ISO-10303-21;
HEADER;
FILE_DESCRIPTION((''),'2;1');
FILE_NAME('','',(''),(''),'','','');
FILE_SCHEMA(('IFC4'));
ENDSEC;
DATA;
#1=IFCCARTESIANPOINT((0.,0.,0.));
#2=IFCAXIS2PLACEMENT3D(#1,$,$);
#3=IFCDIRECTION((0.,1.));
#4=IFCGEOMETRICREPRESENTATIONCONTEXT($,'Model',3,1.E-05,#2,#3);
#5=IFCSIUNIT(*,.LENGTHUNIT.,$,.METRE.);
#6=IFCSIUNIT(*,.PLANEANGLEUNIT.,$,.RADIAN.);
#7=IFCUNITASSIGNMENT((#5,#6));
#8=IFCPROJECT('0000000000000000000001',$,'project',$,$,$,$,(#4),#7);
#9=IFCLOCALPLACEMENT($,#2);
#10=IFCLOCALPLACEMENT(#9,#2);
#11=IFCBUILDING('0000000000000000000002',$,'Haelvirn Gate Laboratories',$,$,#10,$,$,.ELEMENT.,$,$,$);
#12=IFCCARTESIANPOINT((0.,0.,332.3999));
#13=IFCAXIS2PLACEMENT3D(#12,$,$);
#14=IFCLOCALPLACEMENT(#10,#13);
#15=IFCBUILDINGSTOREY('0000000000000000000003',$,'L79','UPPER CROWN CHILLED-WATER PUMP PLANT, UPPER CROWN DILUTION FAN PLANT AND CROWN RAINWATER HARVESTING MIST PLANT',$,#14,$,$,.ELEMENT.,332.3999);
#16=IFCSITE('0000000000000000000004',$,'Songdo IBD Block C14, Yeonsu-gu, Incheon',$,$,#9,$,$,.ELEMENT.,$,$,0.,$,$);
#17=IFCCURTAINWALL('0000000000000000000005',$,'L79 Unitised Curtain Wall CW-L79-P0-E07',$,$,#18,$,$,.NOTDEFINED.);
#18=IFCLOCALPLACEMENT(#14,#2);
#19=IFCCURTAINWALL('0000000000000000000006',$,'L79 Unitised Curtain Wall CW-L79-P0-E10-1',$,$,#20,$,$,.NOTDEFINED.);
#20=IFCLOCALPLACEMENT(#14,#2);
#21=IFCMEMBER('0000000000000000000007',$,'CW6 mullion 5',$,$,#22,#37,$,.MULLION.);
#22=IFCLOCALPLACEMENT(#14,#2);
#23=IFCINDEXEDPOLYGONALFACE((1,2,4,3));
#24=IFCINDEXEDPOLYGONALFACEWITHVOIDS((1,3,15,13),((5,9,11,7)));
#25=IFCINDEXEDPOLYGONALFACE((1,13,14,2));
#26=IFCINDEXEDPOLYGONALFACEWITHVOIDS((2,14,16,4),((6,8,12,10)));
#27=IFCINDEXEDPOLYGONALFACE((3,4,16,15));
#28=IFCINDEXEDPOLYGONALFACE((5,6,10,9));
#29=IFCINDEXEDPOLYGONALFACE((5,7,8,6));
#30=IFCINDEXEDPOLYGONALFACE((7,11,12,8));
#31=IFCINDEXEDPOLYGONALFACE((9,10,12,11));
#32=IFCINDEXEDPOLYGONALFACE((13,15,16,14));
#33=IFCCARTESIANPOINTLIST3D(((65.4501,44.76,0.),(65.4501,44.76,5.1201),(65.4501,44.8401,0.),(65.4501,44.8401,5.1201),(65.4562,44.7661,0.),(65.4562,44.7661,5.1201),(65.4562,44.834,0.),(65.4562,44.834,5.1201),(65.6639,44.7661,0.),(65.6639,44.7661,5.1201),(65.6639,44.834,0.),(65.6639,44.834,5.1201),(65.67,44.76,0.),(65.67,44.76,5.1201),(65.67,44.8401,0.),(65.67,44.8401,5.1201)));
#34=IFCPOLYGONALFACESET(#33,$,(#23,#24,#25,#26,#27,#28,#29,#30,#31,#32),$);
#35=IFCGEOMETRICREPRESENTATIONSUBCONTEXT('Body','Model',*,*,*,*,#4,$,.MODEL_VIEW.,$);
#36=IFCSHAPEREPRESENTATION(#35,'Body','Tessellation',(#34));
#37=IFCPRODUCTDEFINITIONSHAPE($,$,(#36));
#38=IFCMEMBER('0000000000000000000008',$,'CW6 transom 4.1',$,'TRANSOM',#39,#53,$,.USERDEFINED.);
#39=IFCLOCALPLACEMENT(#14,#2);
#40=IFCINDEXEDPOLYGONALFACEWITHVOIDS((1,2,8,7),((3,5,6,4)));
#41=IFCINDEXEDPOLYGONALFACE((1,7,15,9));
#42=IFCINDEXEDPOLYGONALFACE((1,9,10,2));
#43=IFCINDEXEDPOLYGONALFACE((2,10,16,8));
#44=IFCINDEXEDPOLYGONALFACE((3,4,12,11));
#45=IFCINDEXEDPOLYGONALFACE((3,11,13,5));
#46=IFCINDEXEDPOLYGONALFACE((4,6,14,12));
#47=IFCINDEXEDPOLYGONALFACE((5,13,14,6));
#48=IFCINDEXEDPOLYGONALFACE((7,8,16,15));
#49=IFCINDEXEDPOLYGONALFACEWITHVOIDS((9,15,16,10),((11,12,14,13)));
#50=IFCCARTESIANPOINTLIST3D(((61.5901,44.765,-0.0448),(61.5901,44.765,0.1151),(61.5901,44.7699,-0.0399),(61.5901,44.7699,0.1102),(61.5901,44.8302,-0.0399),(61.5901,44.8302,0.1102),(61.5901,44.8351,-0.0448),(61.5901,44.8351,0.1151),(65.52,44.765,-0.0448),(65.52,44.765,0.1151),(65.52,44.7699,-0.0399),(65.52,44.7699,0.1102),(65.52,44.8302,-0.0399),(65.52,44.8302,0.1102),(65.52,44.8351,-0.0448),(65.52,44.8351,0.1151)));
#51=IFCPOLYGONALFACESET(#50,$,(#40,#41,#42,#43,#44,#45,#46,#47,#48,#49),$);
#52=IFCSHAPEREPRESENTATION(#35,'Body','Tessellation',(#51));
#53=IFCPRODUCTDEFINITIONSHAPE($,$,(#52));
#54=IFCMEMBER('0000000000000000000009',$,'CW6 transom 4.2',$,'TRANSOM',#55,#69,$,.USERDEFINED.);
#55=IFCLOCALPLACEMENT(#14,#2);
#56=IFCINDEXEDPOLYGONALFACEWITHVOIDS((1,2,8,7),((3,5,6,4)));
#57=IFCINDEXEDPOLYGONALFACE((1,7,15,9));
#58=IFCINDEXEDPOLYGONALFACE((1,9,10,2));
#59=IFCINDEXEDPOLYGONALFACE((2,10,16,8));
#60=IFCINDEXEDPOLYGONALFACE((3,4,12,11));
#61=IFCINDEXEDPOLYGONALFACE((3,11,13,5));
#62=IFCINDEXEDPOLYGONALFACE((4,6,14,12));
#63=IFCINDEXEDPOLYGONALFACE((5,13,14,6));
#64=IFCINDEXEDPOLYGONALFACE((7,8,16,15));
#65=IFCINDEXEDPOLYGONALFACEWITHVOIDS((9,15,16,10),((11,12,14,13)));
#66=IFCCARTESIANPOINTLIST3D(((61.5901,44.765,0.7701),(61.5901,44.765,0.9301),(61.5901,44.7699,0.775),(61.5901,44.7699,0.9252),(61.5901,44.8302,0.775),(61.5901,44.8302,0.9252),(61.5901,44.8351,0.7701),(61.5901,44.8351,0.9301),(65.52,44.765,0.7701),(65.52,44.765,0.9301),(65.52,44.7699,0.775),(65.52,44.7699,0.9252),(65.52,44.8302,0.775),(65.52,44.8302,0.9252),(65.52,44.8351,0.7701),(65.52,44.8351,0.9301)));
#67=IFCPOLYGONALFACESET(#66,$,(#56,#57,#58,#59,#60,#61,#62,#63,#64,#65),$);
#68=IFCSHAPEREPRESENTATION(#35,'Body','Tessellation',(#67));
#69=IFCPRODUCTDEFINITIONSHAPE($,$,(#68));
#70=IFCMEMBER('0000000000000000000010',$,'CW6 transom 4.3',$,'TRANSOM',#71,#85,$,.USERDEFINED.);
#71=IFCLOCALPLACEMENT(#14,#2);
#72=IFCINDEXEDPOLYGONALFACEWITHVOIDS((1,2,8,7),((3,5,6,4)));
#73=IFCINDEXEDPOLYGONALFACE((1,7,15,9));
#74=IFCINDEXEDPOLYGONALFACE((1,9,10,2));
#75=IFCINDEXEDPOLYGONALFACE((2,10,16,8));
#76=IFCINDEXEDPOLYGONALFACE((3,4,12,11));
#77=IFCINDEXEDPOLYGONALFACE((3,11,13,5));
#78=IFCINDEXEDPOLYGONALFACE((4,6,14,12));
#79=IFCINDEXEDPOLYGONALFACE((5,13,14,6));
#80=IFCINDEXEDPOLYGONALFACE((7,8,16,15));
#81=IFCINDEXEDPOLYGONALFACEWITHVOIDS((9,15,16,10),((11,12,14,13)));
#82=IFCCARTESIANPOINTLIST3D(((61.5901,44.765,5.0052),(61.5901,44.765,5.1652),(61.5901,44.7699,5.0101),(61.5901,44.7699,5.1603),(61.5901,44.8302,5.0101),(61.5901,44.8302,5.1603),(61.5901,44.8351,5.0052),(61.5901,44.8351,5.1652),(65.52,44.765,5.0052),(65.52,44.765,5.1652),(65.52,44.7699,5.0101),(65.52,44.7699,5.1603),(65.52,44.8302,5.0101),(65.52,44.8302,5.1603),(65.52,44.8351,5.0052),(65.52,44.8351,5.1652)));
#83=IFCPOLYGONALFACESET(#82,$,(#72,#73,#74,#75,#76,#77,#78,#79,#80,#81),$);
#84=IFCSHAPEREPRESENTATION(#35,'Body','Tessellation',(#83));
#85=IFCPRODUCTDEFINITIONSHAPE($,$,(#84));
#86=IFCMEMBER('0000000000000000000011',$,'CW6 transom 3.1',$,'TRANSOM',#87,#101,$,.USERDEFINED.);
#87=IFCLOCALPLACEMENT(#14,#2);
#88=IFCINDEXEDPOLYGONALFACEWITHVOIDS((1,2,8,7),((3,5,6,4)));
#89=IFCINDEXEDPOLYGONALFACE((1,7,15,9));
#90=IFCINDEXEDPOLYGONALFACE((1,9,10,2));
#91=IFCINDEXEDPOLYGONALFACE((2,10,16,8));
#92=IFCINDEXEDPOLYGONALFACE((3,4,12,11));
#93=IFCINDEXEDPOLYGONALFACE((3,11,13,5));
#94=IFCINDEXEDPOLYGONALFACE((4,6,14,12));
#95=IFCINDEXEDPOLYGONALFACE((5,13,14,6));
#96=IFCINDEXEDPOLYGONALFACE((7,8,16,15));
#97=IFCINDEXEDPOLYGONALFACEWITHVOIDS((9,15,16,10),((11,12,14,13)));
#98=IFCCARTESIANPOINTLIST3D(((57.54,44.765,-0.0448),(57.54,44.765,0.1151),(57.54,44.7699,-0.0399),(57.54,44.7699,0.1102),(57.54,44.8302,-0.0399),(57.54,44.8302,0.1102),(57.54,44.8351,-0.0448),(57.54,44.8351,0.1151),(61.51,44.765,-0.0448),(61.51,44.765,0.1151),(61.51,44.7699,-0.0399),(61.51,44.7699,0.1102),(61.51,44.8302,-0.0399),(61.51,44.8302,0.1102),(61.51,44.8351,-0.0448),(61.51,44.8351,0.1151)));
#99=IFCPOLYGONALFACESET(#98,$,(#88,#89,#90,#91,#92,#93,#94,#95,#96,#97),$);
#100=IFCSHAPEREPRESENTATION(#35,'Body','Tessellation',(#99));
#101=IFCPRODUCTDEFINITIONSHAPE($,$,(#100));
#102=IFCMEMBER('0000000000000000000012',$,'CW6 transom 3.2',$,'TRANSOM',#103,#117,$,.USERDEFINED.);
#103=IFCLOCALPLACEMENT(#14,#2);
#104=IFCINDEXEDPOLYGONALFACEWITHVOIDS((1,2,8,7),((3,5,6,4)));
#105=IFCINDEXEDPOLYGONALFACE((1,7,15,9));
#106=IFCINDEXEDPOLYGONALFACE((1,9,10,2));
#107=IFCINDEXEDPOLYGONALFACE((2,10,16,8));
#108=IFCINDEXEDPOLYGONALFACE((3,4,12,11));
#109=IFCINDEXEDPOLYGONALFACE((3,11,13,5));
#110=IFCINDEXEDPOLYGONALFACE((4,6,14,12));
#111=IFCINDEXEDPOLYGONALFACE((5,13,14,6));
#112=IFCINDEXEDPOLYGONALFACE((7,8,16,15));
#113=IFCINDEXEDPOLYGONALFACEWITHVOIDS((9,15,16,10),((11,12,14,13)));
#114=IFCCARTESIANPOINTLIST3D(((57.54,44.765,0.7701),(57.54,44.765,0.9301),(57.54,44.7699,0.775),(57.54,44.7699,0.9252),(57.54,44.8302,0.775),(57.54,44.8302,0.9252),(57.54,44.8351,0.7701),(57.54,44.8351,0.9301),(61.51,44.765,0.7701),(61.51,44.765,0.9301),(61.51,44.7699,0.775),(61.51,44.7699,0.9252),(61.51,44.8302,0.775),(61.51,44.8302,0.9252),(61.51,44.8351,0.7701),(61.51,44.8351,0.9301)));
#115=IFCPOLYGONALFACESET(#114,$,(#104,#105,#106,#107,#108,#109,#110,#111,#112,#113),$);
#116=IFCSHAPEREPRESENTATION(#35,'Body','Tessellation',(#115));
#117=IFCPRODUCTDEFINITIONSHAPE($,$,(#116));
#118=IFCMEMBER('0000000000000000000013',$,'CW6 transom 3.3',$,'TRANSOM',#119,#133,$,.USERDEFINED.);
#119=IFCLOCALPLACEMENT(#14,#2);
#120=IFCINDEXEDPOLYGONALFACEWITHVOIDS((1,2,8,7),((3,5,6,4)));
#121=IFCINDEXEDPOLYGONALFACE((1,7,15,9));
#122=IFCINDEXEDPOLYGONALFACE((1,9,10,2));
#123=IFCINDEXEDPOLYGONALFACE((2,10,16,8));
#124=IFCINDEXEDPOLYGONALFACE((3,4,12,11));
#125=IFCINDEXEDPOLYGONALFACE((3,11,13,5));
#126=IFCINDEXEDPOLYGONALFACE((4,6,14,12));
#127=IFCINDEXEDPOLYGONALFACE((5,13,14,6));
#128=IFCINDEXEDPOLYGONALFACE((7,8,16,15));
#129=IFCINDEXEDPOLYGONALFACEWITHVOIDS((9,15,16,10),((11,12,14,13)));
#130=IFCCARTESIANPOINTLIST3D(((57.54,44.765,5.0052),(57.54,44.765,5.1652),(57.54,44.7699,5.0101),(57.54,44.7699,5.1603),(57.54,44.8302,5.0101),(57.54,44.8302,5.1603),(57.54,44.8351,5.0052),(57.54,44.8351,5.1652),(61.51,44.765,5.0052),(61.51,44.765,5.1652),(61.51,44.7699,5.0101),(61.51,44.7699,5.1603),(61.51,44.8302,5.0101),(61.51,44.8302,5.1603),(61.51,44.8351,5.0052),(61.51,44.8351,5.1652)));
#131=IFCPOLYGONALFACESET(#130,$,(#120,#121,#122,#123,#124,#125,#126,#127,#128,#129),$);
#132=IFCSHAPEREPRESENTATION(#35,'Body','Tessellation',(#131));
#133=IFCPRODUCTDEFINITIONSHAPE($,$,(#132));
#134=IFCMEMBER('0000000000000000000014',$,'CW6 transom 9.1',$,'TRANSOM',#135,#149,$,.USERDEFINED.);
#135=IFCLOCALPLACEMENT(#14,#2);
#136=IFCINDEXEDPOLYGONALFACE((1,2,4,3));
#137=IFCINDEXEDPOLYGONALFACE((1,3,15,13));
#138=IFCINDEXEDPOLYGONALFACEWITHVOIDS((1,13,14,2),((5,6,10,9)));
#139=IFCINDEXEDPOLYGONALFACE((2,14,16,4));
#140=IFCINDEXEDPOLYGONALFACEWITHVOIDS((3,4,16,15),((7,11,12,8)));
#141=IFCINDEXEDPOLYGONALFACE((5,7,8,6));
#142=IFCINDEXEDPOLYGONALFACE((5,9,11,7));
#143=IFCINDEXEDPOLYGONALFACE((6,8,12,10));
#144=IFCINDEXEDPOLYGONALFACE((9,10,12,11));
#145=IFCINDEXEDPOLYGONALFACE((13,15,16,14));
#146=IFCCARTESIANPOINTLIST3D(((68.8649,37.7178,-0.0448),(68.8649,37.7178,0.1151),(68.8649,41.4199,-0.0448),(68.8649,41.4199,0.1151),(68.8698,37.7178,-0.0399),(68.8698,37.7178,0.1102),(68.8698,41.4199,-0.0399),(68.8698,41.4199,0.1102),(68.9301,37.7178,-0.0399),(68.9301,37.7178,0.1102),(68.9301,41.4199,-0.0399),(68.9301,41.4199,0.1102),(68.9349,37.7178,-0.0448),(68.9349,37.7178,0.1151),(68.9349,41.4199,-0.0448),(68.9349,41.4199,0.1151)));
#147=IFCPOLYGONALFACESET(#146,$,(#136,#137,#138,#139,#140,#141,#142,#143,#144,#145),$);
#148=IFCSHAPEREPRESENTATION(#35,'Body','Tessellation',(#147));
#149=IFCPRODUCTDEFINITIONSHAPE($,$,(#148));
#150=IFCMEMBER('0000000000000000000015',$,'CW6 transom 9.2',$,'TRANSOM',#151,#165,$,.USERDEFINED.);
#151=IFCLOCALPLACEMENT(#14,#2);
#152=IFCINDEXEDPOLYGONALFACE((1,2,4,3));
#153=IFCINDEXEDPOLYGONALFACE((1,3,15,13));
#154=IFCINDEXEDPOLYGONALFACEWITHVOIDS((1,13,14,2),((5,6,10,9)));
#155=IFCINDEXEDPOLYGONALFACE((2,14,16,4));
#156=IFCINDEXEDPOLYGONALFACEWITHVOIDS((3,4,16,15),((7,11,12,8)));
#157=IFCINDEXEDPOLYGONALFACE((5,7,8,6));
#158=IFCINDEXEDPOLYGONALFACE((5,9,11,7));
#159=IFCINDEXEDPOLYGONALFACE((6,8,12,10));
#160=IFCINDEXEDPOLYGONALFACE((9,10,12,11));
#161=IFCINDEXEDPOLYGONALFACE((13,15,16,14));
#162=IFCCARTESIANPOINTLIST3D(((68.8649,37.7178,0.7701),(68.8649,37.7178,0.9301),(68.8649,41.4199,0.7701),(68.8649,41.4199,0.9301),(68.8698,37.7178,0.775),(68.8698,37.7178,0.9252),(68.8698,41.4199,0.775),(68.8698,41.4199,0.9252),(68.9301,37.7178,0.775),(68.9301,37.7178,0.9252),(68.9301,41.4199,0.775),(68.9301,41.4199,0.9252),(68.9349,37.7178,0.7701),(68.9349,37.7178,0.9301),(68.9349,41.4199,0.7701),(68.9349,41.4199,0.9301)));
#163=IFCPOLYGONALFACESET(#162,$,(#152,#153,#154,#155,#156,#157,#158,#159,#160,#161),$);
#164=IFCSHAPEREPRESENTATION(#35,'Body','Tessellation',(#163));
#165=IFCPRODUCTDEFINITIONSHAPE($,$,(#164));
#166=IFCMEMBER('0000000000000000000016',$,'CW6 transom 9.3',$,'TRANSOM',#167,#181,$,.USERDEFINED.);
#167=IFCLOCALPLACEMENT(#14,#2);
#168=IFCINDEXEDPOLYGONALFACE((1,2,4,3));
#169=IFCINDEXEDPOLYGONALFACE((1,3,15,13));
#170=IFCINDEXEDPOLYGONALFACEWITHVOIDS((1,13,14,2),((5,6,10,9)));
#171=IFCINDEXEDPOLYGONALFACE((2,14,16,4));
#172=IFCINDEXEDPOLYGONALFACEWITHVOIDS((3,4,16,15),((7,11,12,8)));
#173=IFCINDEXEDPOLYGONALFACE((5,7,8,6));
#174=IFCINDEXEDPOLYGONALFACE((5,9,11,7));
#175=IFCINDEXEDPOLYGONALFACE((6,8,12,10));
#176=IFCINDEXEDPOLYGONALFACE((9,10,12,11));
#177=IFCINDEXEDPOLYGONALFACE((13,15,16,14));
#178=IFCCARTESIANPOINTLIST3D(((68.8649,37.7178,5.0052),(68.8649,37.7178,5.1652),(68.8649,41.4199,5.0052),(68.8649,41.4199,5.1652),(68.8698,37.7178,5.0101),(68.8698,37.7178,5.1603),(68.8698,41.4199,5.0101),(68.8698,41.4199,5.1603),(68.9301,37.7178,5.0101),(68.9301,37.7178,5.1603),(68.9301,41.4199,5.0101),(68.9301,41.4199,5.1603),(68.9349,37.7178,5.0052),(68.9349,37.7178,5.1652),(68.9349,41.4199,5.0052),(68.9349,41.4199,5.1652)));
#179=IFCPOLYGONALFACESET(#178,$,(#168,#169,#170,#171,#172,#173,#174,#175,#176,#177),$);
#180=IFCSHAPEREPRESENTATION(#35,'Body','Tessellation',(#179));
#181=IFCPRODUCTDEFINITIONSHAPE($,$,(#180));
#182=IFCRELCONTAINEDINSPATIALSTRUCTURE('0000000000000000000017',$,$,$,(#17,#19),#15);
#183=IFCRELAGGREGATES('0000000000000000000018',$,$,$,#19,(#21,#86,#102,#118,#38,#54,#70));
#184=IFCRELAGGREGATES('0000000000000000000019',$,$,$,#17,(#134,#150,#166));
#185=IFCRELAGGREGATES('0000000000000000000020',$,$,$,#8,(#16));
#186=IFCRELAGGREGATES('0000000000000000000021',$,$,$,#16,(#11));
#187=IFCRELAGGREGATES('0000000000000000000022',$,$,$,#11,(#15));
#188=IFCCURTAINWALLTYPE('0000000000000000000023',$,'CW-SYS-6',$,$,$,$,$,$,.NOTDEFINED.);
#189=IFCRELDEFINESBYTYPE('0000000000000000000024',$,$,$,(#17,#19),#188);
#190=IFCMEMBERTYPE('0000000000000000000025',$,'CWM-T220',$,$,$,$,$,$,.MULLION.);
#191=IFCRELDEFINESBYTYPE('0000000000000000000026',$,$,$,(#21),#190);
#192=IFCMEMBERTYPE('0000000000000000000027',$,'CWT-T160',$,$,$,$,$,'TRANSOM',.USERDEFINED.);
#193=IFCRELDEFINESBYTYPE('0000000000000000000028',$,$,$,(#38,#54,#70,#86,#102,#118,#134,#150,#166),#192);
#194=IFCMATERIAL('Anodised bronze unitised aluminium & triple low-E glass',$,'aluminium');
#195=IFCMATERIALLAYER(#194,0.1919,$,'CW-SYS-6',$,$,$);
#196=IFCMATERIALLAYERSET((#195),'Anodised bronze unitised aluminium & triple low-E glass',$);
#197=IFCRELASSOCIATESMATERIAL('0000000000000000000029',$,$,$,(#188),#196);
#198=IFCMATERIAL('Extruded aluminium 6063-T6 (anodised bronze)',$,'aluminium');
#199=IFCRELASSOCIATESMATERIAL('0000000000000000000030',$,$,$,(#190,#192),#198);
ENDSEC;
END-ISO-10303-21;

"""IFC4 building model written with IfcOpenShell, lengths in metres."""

from ifc_helpers import new_model, si_unit, direction, frame, origin, origin_2d, place, context, subcontext, project, spatial, hollow_rectangle, extrude, source, transform, mapped, material, layer, layer_set, material_profile, profile_set, type_object, type_shapes, element, aggregate, save


model = new_model("IFC4")

# Units and contexts
model_context = context("Model", 3, precision=1e-05, world=origin(), true_north=direction((0.0, 1.0)))
body_context = subcontext(model_context, "Body", "Model", "MODEL_VIEW")
ifc_project = project(units=[si_unit("LENGTHUNIT", "METRE"), si_unit("PLANEANGLEUNIT", "RADIAN")], contexts=[model_context])

# Site, building, storey
site_placement = place(None, origin())
site = spatial("IfcSite", under=ifc_project, at=site_placement, Name="Songdo IBD Block C14, Yeonsu-gu, Incheon", CompositionType="ELEMENT", RefElevation=0.0)
building_placement = place(site_placement, origin())
building = spatial("IfcBuilding", under=site, at=building_placement, Name="Haelvirn Gate Laboratories", CompositionType="ELEMENT")
storey_placement = place(building_placement, frame((0.0, 0.0, 332.3999)))
storey = spatial("IfcBuildingStorey", under=building, at=storey_placement, Name="L79", Description="UPPER CROWN CHILLED-WATER PUMP PLANT, UPPER CROWN DILUTION FAN PLANT AND CROWN RAINWATER HARVESTING MIST PLANT", CompositionType="ELEMENT", Elevation=332.3999)

# Curtain wall
ifc_material_1 = material(Name="Anodised bronze unitised aluminium & triple low-E glass", Category="aluminium")
ifc_material_2 = material(Name="Extruded aluminium 6063-T6 (anodised bronze)", Category="aluminium")
ifc_layer_1 = layer(ifc_material_1, 0.1919, Name="CW-SYS-6")
ifc_layer_set_1 = layer_set([ifc_layer_1], Name="Anodised bronze unitised aluminium & triple low-E glass")
curtain_wall_type_1 = type_object("IfcCurtainWallType", Name="CW-SYS-6", PredefinedType="NOTDEFINED", material=ifc_layer_set_1)
curtain_wall_1_placement = place(storey_placement, origin())
curtain_wall_1 = element("IfcCurtainWall", 1, at=curtain_wall_1_placement, inside=storey, type_object=curtain_wall_type_1, Name="L79 Unitised Curtain Wall CW-L79-P0-E07", PredefinedType="NOTDEFINED")
ifc_material_profile_1 = material_profile(ifc_material_2, hollow_rectangle(XDim=0.0801, YDim=0.22, WallThickness=0.0061, at=origin_2d()), Name="CWM-220x80x6")
ifc_profile_set_1 = profile_set([ifc_material_profile_1], Name="Extruded aluminium 6063-T6 (anodised bronze)")
member_type_1 = type_object("IfcMemberType", Name="CWM-T220", PredefinedType="MULLION", material=ifc_profile_set_1)
shared_shape_1 = source(origin(), body_context, "Body", "SweptSolid", [
    extrude(hollow_rectangle(XDim=0.0801, YDim=0.22, WallThickness=0.0061, at=origin_2d()), origin(), (0.0, 0.0, 1.0), 5.1201),
])
type_shapes(member_type_1, [shared_shape_1])

# Curtain wall, members
curtain_wall_2_placement = place(storey_placement, origin())
curtain_wall_2 = element("IfcCurtainWall", 2, at=curtain_wall_2_placement, inside=storey, type_object=curtain_wall_type_1, Name="L79 Unitised Curtain Wall CW-L79-P0-E10-1", PredefinedType="NOTDEFINED")
member_1_placement = place(storey_placement, frame((65.5601, 44.8, 0.0), z_axis=(0.0, 0.0, 1.0), x_axis=(0.0, 1.0, 0.0)))
member_1 = element("IfcMember", 3, at=member_1_placement, type_object=member_type_1, Name="CW6 mullion 5", PredefinedType="MULLION", context=body_context, shape_type="MappedRepresentation", body=[
    mapped(shared_shape_1, transform((0.0, 0.0, 0.0), scale=1.0)),
])
ifc_material_profile_2 = material_profile(ifc_material_2, hollow_rectangle(XDim=0.0701, YDim=0.1599, WallThickness=0.0049, at=origin_2d()), Name="CWT-160x70x5")
ifc_profile_set_2 = profile_set([ifc_material_profile_2], Name="Extruded aluminium 6063-T6 (anodised bronze)")
member_type_2 = type_object("IfcMemberType", Name="CWT-T160", ElementType="TRANSOM", PredefinedType="USERDEFINED", material=ifc_profile_set_2)
shared_shape_2 = source(origin(), body_context, "Body", "SweptSolid", [
    extrude(hollow_rectangle(XDim=0.0701, YDim=0.1599, WallThickness=0.0049, at=origin_2d()), origin(), (0.0, 0.0, 1.0), 3.9299),
])
member_2_placement = place(storey_placement, frame((61.5901, 44.8, 0.0352), z_axis=(1.0, 0.0, 0.0), x_axis=(0.0, 1.0, 0.0)))
member_2 = element("IfcMember", 4, at=member_2_placement, type_object=member_type_2, Name="CW6 transom 4.1", ObjectType="TRANSOM", PredefinedType="USERDEFINED", context=body_context, shape_type="MappedRepresentation", body=[
    mapped(shared_shape_2, transform((0.0, 0.0, 0.0), scale=1.0)),
])
member_3_placement = place(storey_placement, frame((61.5901, 44.8, 0.8501), z_axis=(1.0, 0.0, 0.0), x_axis=(0.0, 1.0, 0.0)))
member_3 = element("IfcMember", 5, at=member_3_placement, type_object=member_type_2, Name="CW6 transom 4.2", ObjectType="TRANSOM", PredefinedType="USERDEFINED", context=body_context, shape_type="MappedRepresentation", body=[
    mapped(shared_shape_2, transform((0.0, 0.0, 0.0), scale=1.0)),
])
member_4_placement = place(storey_placement, frame((61.5901, 44.8, 5.0852), z_axis=(1.0, 0.0, 0.0), x_axis=(0.0, 1.0, 0.0)))
member_4 = element("IfcMember", 6, at=member_4_placement, type_object=member_type_2, Name="CW6 transom 4.3", ObjectType="TRANSOM", PredefinedType="USERDEFINED", context=body_context, shape_type="MappedRepresentation", body=[
    mapped(shared_shape_2, transform((0.0, 0.0, 0.0), scale=1.0)),
])
shared_shape_3 = source(origin(), body_context, "Body", "SweptSolid", [
    extrude(hollow_rectangle(XDim=0.0701, YDim=0.1599, WallThickness=0.0049, at=origin_2d()), origin(), (0.0, 0.0, 1.0), 3.97),
])
member_5_placement = place(storey_placement, frame((57.54, 44.8, 0.0352), z_axis=(1.0, 0.0, 0.0), x_axis=(0.0, 1.0, 0.0)))
member_5 = element("IfcMember", 7, at=member_5_placement, type_object=member_type_2, Name="CW6 transom 3.1", ObjectType="TRANSOM", PredefinedType="USERDEFINED", context=body_context, shape_type="MappedRepresentation", body=[
    mapped(shared_shape_3, transform((0.0, 0.0, 0.0), scale=1.0)),
])
member_6_placement = place(storey_placement, frame((57.54, 44.8, 0.8501), z_axis=(1.0, 0.0, 0.0), x_axis=(0.0, 1.0, 0.0)))
member_6 = element("IfcMember", 8, at=member_6_placement, type_object=member_type_2, Name="CW6 transom 3.2", ObjectType="TRANSOM", PredefinedType="USERDEFINED", context=body_context, shape_type="MappedRepresentation", body=[
    mapped(shared_shape_3, transform((0.0, 0.0, 0.0), scale=1.0)),
])
member_7_placement = place(storey_placement, frame((57.54, 44.8, 5.0852), z_axis=(1.0, 0.0, 0.0), x_axis=(0.0, 1.0, 0.0)))
member_7 = element("IfcMember", 9, at=member_7_placement, type_object=member_type_2, Name="CW6 transom 3.3", ObjectType="TRANSOM", PredefinedType="USERDEFINED", context=body_context, shape_type="MappedRepresentation", body=[
    mapped(shared_shape_3, transform((0.0, 0.0, 0.0), scale=1.0)),
])

# Members
shared_shape_4 = source(origin(), body_context, "Body", "SweptSolid", [
    extrude(hollow_rectangle(XDim=0.0701, YDim=0.1599, WallThickness=0.0049, at=origin_2d()), origin(), (0.0, 0.0, 1.0), 3.7021),
])
type_shapes(member_type_2, [shared_shape_2, shared_shape_3, shared_shape_4])
member_8_placement = place(storey_placement, frame((68.8999, 37.7178, 0.0352), z_axis=(0.0, 1.0, 0.0), x_axis=(-1.0, 0.0, 0.0)))
member_8 = element("IfcMember", 10, at=member_8_placement, type_object=member_type_2, Name="CW6 transom 9.1", ObjectType="TRANSOM", PredefinedType="USERDEFINED", context=body_context, shape_type="MappedRepresentation", body=[
    mapped(shared_shape_4, transform((0.0, 0.0, 0.0), scale=1.0)),
])
member_9_placement = place(storey_placement, frame((68.8999, 37.7178, 0.8501), z_axis=(0.0, 1.0, 0.0), x_axis=(-1.0, 0.0, 0.0)))
member_9 = element("IfcMember", 11, at=member_9_placement, type_object=member_type_2, Name="CW6 transom 9.2", ObjectType="TRANSOM", PredefinedType="USERDEFINED", context=body_context, shape_type="MappedRepresentation", body=[
    mapped(shared_shape_4, transform((0.0, 0.0, 0.0), scale=1.0)),
])
member_10_placement = place(storey_placement, frame((68.8999, 37.7178, 5.0852), z_axis=(0.0, 1.0, 0.0), x_axis=(-1.0, 0.0, 0.0)))
member_10 = element("IfcMember", 12, at=member_10_placement, type_object=member_type_2, Name="CW6 transom 9.3", ObjectType="TRANSOM", PredefinedType="USERDEFINED", context=body_context, shape_type="MappedRepresentation", body=[
    mapped(shared_shape_4, transform((0.0, 0.0, 0.0), scale=1.0)),
])

aggregate(curtain_wall_2, [member_1, member_5, member_6, member_7, member_2, member_3, member_4])
aggregate(curtain_wall_1, [member_8, member_9, member_10])

save(model, "model.ifc")
